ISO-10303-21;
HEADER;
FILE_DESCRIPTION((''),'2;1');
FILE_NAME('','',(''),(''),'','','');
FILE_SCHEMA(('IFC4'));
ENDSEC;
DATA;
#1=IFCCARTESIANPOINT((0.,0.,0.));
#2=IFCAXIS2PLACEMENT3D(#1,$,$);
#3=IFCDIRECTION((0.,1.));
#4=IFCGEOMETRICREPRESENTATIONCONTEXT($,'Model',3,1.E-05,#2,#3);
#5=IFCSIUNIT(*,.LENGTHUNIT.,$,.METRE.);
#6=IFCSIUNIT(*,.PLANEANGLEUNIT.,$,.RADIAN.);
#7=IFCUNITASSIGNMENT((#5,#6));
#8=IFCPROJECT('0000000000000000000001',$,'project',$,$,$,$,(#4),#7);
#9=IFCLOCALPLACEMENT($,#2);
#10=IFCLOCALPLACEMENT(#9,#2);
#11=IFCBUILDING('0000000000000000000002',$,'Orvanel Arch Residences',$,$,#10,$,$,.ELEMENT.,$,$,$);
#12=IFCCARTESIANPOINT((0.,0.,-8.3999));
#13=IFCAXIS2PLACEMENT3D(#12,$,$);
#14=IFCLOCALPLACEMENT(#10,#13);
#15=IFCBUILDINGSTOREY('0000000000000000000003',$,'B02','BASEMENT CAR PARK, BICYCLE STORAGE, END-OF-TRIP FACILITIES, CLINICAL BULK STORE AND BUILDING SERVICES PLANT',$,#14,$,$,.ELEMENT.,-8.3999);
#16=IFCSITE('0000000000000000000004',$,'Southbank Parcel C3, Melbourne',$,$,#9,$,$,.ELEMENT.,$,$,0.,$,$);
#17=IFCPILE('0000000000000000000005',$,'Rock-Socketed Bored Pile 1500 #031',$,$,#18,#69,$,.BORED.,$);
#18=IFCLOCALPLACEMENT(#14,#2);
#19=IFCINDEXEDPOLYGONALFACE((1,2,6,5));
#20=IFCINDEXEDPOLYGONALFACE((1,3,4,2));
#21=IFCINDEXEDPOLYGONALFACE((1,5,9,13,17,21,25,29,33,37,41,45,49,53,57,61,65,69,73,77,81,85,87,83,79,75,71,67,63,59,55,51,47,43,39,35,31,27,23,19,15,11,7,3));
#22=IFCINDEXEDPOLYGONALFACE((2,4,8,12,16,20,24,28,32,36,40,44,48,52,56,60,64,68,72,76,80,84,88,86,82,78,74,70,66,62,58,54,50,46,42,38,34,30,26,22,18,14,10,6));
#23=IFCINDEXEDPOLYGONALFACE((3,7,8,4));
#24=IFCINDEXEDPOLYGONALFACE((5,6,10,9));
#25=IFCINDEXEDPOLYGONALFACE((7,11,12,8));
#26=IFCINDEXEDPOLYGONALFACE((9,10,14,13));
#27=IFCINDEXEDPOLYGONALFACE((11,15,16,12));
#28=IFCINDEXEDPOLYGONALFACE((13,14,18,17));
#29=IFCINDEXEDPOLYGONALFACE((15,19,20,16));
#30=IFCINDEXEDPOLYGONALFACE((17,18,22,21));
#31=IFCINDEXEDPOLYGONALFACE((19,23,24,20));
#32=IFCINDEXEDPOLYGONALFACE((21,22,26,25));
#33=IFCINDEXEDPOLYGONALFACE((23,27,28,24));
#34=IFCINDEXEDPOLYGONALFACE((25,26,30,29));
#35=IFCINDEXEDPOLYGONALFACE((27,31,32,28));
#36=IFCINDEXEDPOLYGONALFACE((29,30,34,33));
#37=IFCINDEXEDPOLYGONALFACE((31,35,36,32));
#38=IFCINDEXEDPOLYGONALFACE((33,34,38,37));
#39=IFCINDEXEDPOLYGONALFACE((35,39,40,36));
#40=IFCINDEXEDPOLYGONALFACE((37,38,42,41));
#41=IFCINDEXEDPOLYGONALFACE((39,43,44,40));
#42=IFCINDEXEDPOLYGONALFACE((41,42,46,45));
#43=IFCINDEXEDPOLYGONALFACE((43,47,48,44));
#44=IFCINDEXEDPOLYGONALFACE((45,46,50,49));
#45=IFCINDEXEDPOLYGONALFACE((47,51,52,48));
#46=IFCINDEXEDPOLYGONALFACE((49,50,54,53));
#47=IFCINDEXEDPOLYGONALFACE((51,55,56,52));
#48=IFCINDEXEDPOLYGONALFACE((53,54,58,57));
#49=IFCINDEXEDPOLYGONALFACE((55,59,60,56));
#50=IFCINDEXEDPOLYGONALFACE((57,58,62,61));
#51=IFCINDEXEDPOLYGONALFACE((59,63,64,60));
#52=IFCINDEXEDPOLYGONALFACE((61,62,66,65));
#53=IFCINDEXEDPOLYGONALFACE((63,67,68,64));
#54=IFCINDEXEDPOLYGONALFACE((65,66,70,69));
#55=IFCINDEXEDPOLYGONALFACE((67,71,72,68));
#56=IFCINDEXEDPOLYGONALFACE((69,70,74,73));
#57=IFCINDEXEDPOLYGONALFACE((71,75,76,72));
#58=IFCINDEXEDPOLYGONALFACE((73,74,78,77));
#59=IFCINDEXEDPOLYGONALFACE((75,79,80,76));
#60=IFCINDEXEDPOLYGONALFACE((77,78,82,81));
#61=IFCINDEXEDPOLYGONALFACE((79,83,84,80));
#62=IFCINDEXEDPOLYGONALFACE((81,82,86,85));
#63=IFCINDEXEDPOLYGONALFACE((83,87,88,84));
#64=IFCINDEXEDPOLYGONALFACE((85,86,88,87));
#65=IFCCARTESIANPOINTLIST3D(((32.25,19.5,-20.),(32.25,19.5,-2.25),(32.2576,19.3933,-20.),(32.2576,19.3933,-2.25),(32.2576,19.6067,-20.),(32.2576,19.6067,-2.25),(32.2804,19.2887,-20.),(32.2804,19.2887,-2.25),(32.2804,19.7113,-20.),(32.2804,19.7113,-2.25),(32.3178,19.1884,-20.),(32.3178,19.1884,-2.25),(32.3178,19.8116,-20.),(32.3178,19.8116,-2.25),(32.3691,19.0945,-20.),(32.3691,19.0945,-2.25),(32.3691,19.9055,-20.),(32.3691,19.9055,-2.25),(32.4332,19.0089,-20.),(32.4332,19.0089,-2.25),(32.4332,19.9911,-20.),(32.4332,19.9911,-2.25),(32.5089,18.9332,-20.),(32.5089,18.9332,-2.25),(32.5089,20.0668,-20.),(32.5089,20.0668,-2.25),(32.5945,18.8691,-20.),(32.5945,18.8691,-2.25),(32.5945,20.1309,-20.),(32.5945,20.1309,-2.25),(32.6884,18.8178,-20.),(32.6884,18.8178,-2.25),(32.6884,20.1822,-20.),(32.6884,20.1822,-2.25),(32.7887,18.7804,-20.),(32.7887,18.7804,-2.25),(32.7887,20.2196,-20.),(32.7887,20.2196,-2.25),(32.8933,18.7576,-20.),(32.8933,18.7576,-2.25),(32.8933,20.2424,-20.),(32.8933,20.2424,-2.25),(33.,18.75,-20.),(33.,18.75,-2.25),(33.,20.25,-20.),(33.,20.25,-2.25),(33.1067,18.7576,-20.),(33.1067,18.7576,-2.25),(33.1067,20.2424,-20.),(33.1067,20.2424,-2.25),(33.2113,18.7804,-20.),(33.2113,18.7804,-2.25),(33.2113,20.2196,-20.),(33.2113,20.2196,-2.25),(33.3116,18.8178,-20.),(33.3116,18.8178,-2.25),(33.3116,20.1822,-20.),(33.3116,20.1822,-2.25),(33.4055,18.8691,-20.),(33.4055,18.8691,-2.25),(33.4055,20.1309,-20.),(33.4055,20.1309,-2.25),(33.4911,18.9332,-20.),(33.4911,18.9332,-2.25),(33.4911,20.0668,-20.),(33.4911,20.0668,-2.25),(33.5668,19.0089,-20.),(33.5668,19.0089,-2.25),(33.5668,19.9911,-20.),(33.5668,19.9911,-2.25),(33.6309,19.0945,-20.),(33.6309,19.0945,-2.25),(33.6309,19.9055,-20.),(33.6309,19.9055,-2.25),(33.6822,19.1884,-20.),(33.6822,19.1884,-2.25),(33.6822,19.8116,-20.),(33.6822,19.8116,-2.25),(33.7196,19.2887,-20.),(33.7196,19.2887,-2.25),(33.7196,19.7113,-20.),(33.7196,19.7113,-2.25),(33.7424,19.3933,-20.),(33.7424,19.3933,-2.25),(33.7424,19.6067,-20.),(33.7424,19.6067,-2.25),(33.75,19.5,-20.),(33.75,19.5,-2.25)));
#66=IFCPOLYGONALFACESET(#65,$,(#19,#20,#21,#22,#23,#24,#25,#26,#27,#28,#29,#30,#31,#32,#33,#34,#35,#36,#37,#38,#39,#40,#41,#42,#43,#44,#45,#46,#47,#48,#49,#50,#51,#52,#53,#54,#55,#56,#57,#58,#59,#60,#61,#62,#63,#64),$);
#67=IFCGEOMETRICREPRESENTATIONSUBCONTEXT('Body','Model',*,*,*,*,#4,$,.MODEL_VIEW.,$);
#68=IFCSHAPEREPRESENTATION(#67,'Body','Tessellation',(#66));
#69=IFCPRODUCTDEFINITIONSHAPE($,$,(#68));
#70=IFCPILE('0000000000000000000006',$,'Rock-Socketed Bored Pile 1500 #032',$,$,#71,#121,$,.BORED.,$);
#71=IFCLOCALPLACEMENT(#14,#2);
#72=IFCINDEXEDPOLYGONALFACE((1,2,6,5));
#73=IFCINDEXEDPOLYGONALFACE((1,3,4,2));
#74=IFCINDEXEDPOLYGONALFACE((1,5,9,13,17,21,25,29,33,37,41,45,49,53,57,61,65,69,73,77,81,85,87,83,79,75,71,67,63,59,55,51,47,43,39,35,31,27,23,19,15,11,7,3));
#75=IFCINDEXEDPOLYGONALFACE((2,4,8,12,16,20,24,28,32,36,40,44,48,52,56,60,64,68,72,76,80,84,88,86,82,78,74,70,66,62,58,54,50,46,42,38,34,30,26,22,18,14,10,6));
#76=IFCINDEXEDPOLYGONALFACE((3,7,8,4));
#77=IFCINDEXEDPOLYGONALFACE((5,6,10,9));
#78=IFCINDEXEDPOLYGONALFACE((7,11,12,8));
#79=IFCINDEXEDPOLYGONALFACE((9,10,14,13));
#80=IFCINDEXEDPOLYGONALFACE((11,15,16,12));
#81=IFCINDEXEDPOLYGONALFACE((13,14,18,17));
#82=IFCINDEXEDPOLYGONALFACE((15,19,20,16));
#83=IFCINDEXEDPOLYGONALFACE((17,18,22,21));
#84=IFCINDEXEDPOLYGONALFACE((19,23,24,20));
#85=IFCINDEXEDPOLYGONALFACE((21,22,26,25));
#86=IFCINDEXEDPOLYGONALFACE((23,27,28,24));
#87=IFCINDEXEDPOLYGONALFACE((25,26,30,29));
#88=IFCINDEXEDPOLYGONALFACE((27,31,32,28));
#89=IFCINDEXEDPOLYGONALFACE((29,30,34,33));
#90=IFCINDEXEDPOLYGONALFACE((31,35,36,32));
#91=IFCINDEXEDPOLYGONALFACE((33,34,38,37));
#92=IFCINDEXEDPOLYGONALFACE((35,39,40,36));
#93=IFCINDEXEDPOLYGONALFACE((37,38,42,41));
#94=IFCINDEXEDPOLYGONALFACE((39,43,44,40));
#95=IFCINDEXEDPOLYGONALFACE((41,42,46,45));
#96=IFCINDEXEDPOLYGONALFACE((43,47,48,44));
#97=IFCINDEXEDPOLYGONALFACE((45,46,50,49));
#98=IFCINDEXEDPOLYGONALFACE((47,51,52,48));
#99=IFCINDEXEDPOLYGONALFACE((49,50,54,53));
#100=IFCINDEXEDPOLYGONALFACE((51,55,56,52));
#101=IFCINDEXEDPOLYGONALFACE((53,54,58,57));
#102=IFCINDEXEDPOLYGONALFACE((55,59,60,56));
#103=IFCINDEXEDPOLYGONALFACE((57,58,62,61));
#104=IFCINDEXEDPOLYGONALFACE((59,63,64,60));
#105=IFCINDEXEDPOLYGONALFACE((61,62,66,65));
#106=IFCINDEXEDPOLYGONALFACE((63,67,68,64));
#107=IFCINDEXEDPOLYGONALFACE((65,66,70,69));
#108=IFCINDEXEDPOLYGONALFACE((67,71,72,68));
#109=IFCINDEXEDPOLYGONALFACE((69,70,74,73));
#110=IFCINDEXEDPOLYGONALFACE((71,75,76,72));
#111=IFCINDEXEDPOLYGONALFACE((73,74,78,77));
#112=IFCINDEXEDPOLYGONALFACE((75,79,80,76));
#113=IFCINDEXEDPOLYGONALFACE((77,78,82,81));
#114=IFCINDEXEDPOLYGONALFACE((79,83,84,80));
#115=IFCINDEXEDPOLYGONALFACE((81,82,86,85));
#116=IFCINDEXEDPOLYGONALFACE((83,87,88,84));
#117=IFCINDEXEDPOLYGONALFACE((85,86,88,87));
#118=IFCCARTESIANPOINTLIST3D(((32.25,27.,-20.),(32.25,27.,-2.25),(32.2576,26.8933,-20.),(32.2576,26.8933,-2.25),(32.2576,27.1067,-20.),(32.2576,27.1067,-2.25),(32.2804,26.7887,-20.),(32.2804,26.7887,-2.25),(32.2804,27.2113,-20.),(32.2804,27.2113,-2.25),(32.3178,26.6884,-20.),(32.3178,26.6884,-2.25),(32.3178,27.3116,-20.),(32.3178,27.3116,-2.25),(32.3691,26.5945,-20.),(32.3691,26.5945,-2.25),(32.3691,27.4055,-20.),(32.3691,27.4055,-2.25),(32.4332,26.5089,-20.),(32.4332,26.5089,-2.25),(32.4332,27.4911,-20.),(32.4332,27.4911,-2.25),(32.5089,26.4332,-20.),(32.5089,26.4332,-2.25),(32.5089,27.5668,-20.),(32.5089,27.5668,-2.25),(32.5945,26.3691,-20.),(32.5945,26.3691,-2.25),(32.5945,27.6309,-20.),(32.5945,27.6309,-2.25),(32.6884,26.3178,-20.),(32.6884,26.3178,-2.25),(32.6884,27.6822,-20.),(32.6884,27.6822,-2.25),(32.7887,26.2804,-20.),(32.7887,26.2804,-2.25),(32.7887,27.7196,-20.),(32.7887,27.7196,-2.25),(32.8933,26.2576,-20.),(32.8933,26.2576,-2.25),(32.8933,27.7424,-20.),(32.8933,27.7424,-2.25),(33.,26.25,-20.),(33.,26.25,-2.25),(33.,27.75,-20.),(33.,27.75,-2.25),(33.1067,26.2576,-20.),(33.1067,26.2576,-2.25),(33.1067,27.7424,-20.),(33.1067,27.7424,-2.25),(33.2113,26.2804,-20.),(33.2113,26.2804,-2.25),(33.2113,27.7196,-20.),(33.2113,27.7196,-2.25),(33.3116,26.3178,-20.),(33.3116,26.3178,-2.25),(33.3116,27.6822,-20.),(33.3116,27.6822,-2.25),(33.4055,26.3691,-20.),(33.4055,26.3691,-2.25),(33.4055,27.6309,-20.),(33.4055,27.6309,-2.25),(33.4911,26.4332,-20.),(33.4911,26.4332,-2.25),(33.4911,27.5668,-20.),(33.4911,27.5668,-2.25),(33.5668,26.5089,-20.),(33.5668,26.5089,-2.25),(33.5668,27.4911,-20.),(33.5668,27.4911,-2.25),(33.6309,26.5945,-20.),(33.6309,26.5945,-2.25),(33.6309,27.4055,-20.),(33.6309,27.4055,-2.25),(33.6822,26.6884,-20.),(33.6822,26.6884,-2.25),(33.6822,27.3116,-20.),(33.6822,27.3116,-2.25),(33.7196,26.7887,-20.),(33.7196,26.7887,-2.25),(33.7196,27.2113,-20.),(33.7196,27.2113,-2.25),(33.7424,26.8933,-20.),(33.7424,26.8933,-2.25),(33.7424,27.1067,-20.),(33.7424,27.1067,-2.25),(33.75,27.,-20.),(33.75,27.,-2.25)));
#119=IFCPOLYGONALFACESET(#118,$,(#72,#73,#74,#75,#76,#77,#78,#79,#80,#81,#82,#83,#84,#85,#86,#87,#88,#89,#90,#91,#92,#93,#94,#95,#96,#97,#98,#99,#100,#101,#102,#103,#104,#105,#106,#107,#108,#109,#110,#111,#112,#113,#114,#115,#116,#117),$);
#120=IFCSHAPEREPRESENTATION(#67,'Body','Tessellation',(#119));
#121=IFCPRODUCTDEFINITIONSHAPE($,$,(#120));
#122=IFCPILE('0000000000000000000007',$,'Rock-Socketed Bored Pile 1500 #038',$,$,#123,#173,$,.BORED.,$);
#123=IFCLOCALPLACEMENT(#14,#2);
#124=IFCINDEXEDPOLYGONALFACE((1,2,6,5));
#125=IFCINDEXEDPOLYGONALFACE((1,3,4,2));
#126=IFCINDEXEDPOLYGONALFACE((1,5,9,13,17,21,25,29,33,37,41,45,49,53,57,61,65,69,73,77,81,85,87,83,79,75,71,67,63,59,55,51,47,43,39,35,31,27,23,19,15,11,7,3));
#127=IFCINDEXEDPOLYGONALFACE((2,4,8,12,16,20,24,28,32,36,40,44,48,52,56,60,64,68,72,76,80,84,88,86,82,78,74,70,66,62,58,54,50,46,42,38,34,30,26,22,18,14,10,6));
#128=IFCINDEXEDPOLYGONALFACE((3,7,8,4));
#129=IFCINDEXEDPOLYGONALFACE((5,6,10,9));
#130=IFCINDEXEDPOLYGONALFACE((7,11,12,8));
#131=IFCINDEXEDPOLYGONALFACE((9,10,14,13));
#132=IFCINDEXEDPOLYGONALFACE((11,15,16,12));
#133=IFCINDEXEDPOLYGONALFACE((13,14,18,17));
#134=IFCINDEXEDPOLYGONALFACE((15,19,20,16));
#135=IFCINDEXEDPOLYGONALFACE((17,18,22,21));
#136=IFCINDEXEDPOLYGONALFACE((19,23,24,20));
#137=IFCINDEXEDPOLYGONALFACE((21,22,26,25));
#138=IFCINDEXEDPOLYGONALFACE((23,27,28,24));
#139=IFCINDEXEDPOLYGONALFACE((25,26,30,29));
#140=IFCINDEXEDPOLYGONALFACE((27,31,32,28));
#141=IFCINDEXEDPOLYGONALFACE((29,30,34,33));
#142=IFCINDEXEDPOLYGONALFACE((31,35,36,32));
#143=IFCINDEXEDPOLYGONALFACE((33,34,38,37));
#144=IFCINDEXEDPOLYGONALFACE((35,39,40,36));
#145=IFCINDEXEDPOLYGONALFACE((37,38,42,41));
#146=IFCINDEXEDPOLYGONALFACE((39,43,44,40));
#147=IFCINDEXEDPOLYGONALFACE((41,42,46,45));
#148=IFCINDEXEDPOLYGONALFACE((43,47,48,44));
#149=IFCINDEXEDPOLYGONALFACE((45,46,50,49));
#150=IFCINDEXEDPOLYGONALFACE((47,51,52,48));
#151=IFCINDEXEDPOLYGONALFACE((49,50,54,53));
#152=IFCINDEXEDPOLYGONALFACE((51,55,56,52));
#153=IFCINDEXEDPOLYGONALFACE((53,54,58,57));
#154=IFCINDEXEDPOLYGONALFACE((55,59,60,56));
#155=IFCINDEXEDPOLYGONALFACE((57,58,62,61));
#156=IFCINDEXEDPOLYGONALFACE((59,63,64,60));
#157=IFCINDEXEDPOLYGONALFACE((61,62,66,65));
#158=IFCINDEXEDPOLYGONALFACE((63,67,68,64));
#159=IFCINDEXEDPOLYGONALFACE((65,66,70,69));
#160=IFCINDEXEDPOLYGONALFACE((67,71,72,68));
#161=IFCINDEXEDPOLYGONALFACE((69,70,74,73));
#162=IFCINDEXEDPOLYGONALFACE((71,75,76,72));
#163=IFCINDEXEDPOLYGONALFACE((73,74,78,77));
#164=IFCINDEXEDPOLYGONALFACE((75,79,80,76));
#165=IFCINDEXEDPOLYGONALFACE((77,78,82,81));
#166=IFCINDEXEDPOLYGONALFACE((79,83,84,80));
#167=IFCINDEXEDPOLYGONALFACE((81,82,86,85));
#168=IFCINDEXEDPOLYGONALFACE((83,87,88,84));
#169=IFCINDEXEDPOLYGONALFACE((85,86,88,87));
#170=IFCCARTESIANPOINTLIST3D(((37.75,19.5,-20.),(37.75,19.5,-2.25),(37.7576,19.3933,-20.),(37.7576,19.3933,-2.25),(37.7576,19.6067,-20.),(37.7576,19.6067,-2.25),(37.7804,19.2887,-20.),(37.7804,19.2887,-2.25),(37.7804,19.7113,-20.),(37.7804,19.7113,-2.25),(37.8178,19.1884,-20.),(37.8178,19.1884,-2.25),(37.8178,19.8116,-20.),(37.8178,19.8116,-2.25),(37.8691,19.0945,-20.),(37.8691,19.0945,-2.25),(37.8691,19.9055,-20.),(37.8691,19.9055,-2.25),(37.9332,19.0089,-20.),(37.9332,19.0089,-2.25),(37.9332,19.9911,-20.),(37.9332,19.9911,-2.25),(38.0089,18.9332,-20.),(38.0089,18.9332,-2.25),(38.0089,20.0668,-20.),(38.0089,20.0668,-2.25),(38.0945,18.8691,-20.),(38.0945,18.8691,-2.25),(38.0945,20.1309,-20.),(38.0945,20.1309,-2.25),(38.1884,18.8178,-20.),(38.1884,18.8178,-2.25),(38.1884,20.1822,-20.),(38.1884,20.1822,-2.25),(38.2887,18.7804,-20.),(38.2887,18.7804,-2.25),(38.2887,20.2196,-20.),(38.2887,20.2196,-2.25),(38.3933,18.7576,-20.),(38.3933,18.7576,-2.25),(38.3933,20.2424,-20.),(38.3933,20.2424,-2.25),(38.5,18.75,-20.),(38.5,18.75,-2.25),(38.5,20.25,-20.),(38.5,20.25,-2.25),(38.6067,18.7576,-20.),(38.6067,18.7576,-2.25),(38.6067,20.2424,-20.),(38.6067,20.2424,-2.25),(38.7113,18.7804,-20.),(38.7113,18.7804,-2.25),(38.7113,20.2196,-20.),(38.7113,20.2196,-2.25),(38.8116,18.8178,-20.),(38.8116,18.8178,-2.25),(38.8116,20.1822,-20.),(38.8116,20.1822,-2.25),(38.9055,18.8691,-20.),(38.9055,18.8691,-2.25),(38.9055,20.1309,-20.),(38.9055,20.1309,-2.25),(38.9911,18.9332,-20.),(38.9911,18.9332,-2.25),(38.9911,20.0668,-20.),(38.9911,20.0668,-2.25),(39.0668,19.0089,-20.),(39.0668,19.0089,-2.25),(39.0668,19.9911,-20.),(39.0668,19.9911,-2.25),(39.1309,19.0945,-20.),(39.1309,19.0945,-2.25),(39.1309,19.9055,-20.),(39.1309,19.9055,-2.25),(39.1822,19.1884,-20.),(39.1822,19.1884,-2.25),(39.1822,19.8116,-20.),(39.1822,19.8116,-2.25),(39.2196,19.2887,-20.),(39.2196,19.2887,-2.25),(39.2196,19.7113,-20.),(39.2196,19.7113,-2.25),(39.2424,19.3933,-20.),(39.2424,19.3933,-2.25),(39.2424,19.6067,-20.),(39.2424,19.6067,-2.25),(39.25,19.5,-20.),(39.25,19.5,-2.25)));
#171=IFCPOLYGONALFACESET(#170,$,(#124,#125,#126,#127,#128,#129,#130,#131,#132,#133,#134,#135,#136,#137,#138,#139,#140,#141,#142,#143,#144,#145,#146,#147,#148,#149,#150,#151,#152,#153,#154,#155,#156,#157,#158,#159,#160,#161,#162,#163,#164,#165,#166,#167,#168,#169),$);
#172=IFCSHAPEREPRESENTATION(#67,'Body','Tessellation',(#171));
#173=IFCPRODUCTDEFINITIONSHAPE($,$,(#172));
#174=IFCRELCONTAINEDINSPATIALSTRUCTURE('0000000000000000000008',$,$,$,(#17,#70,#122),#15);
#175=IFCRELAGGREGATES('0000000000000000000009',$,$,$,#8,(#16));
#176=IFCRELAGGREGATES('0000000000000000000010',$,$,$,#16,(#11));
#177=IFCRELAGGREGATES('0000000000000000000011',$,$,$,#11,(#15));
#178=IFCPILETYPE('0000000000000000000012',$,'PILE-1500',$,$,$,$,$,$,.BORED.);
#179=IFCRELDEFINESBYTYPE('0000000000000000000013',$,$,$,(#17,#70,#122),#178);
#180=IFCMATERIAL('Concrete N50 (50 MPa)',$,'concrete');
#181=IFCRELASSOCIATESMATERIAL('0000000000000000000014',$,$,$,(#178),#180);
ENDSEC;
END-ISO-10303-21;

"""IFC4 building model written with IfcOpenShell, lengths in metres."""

from ifc_helpers import new_model, si_unit, direction, frame, origin, origin_2d, place, context, subcontext, project, spatial, circle, extrude, material, material_profile, profile_set, type_object, element, save


model = new_model("IFC4")

# Units and contexts
model_context = context("Model", 3, precision=1e-05, world=origin(), true_north=direction((0.0, 1.0)))
body_context = subcontext(model_context, "Body", "Model", "MODEL_VIEW")
ifc_project = project(units=[si_unit("LENGTHUNIT", "METRE"), si_unit("PLANEANGLEUNIT", "RADIAN")], contexts=[model_context])

# Site, building, storey
site_placement = place(None, origin())
site = spatial("IfcSite", under=ifc_project, at=site_placement, Name="Southbank Parcel C3, Melbourne", CompositionType="ELEMENT", RefElevation=0.0)
building_placement = place(site_placement, origin())
building = spatial("IfcBuilding", under=site, at=building_placement, Name="Orvanel Arch Residences", CompositionType="ELEMENT")
storey_placement = place(building_placement, frame((0.0, 0.0, -8.3999)))
storey = spatial("IfcBuildingStorey", under=building, at=storey_placement, Name="B02", Description="BASEMENT CAR PARK, BICYCLE STORAGE, END-OF-TRIP FACILITIES, CLINICAL BULK STORE AND BUILDING SERVICES PLANT", CompositionType="ELEMENT", Elevation=-8.3999)

# Piles
ifc_material_1 = material(Name="Concrete N50 (50 MPa)", Category="concrete")
ifc_material_profile_1 = material_profile(ifc_material_1, circle(Radius=0.75, at=origin_2d()), Name="PILE1500")
ifc_profile_set_1 = profile_set([ifc_material_profile_1], Name="Concrete N50 (50 MPa)")
pile_type = type_object("IfcPileType", Name="PILE-1500", PredefinedType="BORED", material=ifc_profile_set_1)
for number, where, z_axis, x_axis, name in (
    (1, (33.0, 19.5, -2.25), (0.0, 0.0, -1.0), (1.0, 0.0, 0.0), "Rock-Socketed Bored Pile 1500 #031"),
    (2, (33.0, 27.0, -2.25), (0.0, 0.0, -1.0), (1.0, 0.0, 0.0), "Rock-Socketed Bored Pile 1500 #032"),
    (3, (38.5, 19.5, -2.25), (0.0, 0.0, -1.0), (1.0, 0.0, 0.0), "Rock-Socketed Bored Pile 1500 #038"),
):
    element("IfcPile", number, at=place(storey_placement, frame(where, z_axis=z_axis, x_axis=x_axis)), inside=storey, type_object=pile_type, Name=name, PredefinedType="BORED", context=body_context, shape_type="SweptSolid", body=[
        extrude(circle(Radius=0.75, at=origin_2d()), origin(), (0.0, 0.0, 1.0), 17.75),
    ])

save(model, "model.ifc")
